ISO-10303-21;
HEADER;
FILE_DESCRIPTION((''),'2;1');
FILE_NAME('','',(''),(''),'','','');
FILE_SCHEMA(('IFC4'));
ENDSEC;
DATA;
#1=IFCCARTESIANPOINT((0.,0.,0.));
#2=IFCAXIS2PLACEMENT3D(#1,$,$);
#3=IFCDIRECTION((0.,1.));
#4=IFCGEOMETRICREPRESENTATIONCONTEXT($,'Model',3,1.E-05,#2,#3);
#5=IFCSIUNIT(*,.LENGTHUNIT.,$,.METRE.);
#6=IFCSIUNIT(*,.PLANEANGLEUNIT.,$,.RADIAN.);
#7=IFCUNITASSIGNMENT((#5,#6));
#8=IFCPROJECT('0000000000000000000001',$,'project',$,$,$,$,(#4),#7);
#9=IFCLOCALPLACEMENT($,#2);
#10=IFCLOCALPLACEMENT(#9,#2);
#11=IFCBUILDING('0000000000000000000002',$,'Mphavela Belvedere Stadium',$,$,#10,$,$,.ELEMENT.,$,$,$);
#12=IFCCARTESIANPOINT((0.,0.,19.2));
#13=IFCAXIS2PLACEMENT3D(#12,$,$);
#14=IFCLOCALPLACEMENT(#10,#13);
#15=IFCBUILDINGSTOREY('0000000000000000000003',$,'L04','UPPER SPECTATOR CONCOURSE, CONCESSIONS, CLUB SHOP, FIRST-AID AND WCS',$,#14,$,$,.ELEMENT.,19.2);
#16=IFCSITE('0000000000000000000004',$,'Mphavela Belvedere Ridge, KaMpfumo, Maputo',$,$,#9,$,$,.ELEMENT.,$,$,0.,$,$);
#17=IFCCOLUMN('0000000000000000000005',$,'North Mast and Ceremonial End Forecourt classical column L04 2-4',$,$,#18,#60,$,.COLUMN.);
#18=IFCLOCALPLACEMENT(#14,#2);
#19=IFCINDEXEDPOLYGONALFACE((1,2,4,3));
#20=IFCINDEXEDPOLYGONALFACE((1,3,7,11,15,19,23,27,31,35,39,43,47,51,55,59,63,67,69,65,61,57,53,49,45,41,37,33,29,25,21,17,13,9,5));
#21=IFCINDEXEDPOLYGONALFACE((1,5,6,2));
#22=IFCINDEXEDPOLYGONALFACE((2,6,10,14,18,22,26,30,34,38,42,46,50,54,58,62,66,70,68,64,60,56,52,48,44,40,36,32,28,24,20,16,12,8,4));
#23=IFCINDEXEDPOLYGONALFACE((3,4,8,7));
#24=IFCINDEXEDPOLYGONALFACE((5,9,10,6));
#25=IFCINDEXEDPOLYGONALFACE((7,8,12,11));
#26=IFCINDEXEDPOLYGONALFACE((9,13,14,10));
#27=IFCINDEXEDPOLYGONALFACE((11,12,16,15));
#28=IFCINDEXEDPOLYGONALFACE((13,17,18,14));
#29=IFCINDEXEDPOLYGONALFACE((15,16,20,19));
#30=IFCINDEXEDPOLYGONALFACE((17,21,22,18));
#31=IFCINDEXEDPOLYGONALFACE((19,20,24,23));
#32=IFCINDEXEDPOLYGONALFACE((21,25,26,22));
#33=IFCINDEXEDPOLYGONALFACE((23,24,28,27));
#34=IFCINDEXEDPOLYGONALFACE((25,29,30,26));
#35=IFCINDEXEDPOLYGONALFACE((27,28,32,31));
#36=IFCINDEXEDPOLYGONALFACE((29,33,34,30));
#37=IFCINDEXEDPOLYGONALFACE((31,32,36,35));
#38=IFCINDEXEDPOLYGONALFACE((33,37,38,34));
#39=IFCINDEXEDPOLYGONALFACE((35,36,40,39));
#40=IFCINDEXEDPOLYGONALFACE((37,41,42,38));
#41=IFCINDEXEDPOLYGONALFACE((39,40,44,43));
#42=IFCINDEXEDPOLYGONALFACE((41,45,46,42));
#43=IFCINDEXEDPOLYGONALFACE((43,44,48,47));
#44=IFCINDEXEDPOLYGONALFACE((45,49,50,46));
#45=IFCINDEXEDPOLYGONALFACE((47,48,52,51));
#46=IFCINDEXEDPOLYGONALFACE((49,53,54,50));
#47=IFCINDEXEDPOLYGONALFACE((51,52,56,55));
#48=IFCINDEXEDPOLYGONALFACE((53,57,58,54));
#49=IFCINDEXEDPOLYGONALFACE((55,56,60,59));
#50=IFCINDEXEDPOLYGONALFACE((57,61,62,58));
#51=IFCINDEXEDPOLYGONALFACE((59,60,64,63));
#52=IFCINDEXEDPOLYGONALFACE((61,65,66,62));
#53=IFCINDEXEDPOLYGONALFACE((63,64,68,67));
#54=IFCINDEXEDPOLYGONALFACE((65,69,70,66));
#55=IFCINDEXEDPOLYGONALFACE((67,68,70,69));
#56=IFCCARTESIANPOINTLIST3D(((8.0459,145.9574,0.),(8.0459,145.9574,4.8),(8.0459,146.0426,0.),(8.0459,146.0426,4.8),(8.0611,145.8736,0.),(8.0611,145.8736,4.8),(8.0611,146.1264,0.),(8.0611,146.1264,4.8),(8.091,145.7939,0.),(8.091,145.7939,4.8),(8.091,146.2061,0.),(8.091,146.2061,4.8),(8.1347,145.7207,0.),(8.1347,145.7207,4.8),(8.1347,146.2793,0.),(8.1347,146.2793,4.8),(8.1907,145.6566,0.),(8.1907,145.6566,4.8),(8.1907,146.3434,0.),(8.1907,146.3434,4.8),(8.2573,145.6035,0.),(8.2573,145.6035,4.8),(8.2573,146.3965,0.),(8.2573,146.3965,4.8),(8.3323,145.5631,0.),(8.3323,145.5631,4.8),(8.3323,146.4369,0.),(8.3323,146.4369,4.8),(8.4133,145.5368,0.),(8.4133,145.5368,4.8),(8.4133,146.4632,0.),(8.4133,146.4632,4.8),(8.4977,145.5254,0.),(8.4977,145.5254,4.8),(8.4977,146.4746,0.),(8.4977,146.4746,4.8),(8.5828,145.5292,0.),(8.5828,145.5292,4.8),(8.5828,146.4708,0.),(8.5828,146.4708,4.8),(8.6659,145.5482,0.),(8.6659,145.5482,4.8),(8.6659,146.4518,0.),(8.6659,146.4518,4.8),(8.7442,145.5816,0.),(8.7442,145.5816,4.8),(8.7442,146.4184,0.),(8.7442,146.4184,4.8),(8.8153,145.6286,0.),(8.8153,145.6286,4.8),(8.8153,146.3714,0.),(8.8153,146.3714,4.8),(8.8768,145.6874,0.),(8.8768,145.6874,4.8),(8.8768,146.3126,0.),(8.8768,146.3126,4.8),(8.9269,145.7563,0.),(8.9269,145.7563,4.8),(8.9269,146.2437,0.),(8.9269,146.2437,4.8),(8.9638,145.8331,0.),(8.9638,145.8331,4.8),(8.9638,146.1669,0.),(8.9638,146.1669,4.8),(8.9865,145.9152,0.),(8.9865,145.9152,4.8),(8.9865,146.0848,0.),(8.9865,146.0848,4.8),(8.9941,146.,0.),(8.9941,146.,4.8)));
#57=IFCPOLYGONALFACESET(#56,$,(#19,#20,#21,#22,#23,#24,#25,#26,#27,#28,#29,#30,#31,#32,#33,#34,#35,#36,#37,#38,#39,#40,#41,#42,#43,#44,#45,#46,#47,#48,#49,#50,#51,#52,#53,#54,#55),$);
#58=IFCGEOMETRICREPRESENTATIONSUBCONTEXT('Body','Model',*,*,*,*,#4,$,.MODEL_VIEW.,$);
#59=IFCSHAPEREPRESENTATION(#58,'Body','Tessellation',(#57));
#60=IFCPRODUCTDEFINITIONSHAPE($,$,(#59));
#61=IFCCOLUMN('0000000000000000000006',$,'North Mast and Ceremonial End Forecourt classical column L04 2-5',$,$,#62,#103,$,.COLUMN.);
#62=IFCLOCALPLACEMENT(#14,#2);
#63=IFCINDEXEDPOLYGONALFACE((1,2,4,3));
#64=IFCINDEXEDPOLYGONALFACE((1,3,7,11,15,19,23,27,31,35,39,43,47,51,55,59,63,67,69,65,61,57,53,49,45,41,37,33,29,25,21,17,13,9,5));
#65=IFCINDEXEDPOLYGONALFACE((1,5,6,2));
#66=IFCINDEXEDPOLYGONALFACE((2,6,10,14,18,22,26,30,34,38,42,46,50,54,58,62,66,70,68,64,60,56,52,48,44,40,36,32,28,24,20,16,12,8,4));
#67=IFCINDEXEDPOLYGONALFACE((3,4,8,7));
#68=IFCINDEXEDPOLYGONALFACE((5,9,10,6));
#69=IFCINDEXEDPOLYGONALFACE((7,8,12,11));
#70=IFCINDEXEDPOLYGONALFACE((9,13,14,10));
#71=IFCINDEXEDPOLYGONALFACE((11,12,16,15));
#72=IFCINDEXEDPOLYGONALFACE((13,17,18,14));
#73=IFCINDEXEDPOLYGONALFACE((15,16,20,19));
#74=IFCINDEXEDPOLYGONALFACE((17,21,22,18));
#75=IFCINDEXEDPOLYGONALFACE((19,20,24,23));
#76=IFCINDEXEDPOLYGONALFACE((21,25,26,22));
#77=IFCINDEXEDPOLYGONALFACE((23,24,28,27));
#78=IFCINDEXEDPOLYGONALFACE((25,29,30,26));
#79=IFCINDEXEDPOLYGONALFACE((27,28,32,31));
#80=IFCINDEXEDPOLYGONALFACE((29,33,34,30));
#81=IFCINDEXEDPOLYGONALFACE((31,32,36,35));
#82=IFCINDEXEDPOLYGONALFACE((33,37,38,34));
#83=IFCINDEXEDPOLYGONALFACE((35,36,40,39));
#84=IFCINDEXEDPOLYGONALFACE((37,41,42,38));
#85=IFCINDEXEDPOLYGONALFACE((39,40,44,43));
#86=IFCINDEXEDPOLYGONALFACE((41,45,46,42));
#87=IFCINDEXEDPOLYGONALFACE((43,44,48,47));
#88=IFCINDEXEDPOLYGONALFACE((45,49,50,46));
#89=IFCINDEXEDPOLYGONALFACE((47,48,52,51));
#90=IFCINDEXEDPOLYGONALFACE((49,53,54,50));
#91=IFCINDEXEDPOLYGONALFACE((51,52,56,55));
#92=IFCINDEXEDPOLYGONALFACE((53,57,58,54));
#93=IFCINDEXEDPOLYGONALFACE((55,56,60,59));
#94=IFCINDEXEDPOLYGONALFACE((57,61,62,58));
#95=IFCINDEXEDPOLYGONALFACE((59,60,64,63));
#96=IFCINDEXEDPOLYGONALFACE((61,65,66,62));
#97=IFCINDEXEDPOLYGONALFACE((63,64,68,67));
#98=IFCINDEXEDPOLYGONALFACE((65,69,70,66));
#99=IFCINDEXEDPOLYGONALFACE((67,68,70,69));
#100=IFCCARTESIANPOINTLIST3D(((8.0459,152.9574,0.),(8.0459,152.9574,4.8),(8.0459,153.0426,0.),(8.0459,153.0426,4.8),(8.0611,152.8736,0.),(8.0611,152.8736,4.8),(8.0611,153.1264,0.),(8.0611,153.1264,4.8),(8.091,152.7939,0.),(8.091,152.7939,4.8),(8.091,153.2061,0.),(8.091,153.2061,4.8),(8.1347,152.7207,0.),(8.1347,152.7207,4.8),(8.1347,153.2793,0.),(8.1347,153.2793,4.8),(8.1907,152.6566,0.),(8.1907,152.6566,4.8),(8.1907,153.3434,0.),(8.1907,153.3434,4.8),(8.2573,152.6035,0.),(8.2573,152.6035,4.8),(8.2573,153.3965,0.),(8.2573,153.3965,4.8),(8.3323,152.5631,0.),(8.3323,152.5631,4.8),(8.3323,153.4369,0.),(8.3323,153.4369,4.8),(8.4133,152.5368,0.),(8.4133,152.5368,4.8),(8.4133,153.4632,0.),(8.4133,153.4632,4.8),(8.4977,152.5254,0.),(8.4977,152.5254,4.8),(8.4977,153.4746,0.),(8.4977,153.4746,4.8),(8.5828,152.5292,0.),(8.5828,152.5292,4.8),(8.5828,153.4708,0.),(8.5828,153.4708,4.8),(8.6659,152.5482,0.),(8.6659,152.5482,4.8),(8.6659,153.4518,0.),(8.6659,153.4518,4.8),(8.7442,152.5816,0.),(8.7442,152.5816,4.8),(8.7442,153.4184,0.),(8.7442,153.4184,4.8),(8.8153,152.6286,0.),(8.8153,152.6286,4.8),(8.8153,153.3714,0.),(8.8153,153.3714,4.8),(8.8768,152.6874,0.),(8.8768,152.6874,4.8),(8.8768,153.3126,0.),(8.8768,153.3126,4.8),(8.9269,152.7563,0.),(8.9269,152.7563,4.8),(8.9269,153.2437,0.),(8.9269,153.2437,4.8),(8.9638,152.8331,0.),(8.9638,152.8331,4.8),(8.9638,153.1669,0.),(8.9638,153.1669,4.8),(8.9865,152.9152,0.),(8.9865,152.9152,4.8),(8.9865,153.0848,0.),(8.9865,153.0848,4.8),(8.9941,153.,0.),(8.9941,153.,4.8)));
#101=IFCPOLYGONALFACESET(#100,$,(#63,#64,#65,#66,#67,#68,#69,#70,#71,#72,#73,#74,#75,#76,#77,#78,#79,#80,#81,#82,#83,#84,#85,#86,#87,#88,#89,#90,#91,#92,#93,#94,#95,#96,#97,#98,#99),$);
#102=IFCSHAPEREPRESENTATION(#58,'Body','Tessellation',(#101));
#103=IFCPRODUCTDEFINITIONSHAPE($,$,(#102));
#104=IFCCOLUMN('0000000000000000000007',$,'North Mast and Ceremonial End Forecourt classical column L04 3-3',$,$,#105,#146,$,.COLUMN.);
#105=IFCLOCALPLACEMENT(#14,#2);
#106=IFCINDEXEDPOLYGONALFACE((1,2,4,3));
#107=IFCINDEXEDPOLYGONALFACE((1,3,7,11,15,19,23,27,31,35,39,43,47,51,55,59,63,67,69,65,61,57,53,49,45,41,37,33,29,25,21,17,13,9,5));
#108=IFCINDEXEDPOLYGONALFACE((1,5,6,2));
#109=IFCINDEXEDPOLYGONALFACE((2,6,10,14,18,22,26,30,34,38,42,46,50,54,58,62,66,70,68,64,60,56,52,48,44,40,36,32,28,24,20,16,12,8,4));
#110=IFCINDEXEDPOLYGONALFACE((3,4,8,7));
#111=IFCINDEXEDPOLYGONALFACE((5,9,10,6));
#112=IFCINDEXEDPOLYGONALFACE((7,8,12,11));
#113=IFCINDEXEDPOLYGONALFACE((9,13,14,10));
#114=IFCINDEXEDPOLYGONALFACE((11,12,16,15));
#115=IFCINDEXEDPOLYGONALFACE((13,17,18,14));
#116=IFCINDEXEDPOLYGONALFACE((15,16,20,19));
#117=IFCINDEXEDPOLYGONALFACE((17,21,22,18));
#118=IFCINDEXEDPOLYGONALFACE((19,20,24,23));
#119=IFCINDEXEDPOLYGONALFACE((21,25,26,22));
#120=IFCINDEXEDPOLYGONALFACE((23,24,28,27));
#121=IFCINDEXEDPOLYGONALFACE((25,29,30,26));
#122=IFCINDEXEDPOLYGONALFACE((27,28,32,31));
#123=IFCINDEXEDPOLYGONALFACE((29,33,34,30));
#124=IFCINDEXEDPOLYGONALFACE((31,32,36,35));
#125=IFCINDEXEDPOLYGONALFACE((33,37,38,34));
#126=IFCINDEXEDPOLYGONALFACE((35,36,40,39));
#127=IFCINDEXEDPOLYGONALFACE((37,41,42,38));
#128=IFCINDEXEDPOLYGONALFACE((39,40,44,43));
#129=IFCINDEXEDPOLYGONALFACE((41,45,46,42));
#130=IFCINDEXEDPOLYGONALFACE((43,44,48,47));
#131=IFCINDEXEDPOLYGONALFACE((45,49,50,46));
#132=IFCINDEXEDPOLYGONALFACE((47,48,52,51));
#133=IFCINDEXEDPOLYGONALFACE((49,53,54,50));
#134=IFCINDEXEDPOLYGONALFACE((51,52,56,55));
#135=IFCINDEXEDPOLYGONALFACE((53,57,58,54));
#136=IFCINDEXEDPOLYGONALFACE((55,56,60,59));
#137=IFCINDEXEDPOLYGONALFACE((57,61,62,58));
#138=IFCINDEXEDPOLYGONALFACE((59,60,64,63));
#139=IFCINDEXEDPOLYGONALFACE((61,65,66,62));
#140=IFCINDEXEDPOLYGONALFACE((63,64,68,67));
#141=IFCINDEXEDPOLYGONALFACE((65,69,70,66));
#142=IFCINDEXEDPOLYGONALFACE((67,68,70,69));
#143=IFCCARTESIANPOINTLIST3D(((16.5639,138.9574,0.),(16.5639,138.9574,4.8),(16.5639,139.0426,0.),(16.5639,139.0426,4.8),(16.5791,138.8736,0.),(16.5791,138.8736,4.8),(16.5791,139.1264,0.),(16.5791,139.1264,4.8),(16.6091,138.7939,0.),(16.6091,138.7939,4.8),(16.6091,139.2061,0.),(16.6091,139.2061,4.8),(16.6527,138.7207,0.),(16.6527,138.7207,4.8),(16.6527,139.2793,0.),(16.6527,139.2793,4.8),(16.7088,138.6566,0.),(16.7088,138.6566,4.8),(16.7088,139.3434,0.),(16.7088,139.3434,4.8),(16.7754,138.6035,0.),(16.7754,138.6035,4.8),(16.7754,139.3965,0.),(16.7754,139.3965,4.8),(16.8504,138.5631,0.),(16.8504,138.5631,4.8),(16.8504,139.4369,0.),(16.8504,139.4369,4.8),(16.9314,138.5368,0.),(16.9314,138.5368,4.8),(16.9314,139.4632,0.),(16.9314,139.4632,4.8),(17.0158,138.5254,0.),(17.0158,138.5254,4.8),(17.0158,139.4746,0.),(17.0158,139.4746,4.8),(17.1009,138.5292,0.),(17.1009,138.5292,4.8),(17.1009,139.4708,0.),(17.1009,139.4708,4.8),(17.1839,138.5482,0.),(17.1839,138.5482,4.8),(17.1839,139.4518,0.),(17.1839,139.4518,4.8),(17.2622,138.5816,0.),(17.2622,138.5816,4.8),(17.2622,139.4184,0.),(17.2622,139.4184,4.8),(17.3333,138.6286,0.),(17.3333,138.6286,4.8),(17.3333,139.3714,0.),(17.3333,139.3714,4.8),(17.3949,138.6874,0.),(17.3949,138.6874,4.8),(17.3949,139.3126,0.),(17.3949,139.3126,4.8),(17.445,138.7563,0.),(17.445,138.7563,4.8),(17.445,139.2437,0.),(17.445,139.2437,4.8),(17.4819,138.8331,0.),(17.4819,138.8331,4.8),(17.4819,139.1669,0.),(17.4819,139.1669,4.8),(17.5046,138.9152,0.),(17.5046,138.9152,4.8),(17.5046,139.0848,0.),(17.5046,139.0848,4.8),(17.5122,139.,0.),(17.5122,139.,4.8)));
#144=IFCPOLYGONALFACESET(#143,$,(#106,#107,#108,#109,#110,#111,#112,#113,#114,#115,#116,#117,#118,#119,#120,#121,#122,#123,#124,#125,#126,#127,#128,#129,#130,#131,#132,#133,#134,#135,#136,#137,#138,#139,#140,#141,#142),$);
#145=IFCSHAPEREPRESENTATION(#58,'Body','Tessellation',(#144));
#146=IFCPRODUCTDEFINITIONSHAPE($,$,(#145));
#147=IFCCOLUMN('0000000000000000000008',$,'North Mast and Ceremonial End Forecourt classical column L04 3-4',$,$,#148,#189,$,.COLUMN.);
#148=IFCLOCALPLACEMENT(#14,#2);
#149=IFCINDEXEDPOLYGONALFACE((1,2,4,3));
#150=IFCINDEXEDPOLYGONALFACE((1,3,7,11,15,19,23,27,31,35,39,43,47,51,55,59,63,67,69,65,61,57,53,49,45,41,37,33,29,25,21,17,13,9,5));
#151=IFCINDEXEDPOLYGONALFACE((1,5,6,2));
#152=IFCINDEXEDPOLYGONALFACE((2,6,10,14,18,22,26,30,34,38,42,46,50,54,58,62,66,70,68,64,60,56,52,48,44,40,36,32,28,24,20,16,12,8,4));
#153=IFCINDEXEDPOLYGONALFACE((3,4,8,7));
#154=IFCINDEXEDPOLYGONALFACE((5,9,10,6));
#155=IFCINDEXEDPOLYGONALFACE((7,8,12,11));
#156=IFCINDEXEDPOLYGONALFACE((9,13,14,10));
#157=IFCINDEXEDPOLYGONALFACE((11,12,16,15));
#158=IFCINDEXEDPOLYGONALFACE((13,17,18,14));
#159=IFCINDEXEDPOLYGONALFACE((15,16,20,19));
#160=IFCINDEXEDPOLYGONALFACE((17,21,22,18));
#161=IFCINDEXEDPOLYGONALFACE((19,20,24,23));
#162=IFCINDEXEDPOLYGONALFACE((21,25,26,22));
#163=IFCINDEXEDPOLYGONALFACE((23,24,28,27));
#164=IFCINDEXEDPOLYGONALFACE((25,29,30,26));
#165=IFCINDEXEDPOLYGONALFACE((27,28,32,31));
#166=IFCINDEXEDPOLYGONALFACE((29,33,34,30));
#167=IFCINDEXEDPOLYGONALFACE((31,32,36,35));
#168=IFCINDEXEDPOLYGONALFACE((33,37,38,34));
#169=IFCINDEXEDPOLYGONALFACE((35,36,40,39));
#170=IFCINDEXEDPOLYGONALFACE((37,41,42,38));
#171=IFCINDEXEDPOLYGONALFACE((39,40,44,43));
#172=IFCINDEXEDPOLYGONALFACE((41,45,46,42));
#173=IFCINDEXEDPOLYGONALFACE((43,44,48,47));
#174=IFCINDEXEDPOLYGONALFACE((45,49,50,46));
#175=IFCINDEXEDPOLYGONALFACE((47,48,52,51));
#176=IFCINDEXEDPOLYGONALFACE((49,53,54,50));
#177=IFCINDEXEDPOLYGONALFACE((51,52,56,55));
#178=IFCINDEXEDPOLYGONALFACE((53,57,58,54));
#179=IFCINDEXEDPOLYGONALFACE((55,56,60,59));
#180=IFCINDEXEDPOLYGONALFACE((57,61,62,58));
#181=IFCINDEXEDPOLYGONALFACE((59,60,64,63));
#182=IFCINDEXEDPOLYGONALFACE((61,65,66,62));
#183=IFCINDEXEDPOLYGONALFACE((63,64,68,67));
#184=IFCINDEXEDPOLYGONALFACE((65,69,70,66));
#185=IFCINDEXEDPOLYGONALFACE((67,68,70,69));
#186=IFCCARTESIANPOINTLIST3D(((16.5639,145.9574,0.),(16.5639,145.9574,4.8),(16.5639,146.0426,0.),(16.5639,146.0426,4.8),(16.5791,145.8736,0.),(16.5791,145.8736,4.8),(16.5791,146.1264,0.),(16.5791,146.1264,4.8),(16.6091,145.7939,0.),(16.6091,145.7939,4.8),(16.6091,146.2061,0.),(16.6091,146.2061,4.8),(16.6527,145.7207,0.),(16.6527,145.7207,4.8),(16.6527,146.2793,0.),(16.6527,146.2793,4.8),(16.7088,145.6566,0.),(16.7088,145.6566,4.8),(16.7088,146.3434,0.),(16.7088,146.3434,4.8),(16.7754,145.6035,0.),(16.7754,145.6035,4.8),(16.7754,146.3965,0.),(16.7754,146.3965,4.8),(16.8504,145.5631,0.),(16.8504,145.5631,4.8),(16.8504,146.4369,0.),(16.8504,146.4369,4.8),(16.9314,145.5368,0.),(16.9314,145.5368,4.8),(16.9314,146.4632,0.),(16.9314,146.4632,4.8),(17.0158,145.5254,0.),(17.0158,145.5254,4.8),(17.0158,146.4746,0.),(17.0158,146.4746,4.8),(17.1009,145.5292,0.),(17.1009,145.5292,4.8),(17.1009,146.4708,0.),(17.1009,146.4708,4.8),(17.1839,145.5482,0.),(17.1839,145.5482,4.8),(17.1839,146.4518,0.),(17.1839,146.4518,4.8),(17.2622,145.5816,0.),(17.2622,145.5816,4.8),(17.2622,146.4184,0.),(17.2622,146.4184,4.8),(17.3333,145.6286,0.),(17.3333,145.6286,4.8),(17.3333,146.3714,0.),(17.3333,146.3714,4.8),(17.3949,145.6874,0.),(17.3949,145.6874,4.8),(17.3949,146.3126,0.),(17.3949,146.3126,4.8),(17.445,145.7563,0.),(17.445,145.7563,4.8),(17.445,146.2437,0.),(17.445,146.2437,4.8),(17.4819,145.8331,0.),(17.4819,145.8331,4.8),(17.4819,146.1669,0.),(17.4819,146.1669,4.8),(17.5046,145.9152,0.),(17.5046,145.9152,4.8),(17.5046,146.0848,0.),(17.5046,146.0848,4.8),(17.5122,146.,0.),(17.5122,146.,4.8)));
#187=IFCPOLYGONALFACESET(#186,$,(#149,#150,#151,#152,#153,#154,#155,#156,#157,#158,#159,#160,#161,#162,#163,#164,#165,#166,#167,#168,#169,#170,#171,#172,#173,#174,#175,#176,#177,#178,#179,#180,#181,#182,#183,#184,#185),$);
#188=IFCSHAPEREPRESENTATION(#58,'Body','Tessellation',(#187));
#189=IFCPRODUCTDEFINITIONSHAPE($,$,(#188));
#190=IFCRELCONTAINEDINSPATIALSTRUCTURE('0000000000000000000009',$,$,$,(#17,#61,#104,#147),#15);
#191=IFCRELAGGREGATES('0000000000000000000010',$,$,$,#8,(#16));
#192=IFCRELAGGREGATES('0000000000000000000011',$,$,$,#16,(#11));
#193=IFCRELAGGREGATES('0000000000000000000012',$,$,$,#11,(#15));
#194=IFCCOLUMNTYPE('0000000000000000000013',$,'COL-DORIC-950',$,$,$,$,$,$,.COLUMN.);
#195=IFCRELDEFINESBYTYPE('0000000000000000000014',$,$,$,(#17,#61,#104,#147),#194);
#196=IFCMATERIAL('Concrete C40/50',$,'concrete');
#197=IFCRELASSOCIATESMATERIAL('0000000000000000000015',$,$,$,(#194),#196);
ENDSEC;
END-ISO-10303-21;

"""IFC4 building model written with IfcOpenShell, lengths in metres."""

from ifc_helpers import new_model, si_unit, direction, frame, origin, origin_2d, place, context, subcontext, project, spatial, circle, extrude, material, material_profile, profile_set, type_object, element, save


model = new_model("IFC4")

# Units and contexts
model_context = context("Model", 3, precision=1e-05, world=origin(), true_north=direction((0.0, 1.0)))
body_context = subcontext(model_context, "Body", "Model", "MODEL_VIEW")
ifc_project = project(units=[si_unit("LENGTHUNIT", "METRE"), si_unit("PLANEANGLEUNIT", "RADIAN")], contexts=[model_context])

# Site, building, storey
site_placement = place(None, origin())
site = spatial("IfcSite", under=ifc_project, at=site_placement, Name="Mphavela Belvedere Ridge, KaMpfumo, Maputo", CompositionType="ELEMENT", RefElevation=0.0)
building_placement = place(site_placement, origin())
building = spatial("IfcBuilding", under=site, at=building_placement, Name="Mphavela Belvedere Stadium", CompositionType="ELEMENT")
storey_placement = place(building_placement, frame((0.0, 0.0, 19.2)))
storey = spatial("IfcBuildingStorey", under=building, at=storey_placement, Name="L04", Description="UPPER SPECTATOR CONCOURSE, CONCESSIONS, CLUB SHOP, FIRST-AID AND WCS", CompositionType="ELEMENT", Elevation=19.2)

# Columns
ifc_material_1 = material(Name="Concrete C40/50", Category="concrete")
ifc_material_profile_1 = material_profile(ifc_material_1, circle(Radius=0.4751, at=origin_2d()), Name="COL D950")
ifc_profile_set_1 = profile_set([ifc_material_profile_1], Name="Concrete C40/50")
column_type = type_object("IfcColumnType", Name="COL-DORIC-950", PredefinedType="COLUMN", material=ifc_profile_set_1)
for number, where, z_axis, x_axis, name in (
    (1, (8.519, 146.0, 0.0), (0.0, 0.0, 1.0), (1.0, 0.0, 0.0), "North Mast and Ceremonial End Forecourt classical column L04 2-4"),
    (2, (8.519, 153.0, 0.0), (0.0, 0.0, 1.0), (1.0, 0.0, 0.0), "North Mast and Ceremonial End Forecourt classical column L04 2-5"),
    (3, (17.0371, 139.0, 0.0), (0.0, 0.0, 1.0), (1.0, 0.0, 0.0), "North Mast and Ceremonial End Forecourt classical column L04 3-3"),
    (4, (17.0371, 146.0, 0.0), (0.0, 0.0, 1.0), (1.0, 0.0, 0.0), "North Mast and Ceremonial End Forecourt classical column L04 3-4"),
):
    element("IfcColumn", number, at=place(storey_placement, frame(where, z_axis=z_axis, x_axis=x_axis)), inside=storey, type_object=column_type, Name=name, PredefinedType="COLUMN", context=body_context, shape_type="SweptSolid", body=[
        extrude(circle(Radius=0.4751, at=origin_2d()), origin(), (0.0, 0.0, 1.0), 4.8),
    ])

save(model, "model.ifc")
